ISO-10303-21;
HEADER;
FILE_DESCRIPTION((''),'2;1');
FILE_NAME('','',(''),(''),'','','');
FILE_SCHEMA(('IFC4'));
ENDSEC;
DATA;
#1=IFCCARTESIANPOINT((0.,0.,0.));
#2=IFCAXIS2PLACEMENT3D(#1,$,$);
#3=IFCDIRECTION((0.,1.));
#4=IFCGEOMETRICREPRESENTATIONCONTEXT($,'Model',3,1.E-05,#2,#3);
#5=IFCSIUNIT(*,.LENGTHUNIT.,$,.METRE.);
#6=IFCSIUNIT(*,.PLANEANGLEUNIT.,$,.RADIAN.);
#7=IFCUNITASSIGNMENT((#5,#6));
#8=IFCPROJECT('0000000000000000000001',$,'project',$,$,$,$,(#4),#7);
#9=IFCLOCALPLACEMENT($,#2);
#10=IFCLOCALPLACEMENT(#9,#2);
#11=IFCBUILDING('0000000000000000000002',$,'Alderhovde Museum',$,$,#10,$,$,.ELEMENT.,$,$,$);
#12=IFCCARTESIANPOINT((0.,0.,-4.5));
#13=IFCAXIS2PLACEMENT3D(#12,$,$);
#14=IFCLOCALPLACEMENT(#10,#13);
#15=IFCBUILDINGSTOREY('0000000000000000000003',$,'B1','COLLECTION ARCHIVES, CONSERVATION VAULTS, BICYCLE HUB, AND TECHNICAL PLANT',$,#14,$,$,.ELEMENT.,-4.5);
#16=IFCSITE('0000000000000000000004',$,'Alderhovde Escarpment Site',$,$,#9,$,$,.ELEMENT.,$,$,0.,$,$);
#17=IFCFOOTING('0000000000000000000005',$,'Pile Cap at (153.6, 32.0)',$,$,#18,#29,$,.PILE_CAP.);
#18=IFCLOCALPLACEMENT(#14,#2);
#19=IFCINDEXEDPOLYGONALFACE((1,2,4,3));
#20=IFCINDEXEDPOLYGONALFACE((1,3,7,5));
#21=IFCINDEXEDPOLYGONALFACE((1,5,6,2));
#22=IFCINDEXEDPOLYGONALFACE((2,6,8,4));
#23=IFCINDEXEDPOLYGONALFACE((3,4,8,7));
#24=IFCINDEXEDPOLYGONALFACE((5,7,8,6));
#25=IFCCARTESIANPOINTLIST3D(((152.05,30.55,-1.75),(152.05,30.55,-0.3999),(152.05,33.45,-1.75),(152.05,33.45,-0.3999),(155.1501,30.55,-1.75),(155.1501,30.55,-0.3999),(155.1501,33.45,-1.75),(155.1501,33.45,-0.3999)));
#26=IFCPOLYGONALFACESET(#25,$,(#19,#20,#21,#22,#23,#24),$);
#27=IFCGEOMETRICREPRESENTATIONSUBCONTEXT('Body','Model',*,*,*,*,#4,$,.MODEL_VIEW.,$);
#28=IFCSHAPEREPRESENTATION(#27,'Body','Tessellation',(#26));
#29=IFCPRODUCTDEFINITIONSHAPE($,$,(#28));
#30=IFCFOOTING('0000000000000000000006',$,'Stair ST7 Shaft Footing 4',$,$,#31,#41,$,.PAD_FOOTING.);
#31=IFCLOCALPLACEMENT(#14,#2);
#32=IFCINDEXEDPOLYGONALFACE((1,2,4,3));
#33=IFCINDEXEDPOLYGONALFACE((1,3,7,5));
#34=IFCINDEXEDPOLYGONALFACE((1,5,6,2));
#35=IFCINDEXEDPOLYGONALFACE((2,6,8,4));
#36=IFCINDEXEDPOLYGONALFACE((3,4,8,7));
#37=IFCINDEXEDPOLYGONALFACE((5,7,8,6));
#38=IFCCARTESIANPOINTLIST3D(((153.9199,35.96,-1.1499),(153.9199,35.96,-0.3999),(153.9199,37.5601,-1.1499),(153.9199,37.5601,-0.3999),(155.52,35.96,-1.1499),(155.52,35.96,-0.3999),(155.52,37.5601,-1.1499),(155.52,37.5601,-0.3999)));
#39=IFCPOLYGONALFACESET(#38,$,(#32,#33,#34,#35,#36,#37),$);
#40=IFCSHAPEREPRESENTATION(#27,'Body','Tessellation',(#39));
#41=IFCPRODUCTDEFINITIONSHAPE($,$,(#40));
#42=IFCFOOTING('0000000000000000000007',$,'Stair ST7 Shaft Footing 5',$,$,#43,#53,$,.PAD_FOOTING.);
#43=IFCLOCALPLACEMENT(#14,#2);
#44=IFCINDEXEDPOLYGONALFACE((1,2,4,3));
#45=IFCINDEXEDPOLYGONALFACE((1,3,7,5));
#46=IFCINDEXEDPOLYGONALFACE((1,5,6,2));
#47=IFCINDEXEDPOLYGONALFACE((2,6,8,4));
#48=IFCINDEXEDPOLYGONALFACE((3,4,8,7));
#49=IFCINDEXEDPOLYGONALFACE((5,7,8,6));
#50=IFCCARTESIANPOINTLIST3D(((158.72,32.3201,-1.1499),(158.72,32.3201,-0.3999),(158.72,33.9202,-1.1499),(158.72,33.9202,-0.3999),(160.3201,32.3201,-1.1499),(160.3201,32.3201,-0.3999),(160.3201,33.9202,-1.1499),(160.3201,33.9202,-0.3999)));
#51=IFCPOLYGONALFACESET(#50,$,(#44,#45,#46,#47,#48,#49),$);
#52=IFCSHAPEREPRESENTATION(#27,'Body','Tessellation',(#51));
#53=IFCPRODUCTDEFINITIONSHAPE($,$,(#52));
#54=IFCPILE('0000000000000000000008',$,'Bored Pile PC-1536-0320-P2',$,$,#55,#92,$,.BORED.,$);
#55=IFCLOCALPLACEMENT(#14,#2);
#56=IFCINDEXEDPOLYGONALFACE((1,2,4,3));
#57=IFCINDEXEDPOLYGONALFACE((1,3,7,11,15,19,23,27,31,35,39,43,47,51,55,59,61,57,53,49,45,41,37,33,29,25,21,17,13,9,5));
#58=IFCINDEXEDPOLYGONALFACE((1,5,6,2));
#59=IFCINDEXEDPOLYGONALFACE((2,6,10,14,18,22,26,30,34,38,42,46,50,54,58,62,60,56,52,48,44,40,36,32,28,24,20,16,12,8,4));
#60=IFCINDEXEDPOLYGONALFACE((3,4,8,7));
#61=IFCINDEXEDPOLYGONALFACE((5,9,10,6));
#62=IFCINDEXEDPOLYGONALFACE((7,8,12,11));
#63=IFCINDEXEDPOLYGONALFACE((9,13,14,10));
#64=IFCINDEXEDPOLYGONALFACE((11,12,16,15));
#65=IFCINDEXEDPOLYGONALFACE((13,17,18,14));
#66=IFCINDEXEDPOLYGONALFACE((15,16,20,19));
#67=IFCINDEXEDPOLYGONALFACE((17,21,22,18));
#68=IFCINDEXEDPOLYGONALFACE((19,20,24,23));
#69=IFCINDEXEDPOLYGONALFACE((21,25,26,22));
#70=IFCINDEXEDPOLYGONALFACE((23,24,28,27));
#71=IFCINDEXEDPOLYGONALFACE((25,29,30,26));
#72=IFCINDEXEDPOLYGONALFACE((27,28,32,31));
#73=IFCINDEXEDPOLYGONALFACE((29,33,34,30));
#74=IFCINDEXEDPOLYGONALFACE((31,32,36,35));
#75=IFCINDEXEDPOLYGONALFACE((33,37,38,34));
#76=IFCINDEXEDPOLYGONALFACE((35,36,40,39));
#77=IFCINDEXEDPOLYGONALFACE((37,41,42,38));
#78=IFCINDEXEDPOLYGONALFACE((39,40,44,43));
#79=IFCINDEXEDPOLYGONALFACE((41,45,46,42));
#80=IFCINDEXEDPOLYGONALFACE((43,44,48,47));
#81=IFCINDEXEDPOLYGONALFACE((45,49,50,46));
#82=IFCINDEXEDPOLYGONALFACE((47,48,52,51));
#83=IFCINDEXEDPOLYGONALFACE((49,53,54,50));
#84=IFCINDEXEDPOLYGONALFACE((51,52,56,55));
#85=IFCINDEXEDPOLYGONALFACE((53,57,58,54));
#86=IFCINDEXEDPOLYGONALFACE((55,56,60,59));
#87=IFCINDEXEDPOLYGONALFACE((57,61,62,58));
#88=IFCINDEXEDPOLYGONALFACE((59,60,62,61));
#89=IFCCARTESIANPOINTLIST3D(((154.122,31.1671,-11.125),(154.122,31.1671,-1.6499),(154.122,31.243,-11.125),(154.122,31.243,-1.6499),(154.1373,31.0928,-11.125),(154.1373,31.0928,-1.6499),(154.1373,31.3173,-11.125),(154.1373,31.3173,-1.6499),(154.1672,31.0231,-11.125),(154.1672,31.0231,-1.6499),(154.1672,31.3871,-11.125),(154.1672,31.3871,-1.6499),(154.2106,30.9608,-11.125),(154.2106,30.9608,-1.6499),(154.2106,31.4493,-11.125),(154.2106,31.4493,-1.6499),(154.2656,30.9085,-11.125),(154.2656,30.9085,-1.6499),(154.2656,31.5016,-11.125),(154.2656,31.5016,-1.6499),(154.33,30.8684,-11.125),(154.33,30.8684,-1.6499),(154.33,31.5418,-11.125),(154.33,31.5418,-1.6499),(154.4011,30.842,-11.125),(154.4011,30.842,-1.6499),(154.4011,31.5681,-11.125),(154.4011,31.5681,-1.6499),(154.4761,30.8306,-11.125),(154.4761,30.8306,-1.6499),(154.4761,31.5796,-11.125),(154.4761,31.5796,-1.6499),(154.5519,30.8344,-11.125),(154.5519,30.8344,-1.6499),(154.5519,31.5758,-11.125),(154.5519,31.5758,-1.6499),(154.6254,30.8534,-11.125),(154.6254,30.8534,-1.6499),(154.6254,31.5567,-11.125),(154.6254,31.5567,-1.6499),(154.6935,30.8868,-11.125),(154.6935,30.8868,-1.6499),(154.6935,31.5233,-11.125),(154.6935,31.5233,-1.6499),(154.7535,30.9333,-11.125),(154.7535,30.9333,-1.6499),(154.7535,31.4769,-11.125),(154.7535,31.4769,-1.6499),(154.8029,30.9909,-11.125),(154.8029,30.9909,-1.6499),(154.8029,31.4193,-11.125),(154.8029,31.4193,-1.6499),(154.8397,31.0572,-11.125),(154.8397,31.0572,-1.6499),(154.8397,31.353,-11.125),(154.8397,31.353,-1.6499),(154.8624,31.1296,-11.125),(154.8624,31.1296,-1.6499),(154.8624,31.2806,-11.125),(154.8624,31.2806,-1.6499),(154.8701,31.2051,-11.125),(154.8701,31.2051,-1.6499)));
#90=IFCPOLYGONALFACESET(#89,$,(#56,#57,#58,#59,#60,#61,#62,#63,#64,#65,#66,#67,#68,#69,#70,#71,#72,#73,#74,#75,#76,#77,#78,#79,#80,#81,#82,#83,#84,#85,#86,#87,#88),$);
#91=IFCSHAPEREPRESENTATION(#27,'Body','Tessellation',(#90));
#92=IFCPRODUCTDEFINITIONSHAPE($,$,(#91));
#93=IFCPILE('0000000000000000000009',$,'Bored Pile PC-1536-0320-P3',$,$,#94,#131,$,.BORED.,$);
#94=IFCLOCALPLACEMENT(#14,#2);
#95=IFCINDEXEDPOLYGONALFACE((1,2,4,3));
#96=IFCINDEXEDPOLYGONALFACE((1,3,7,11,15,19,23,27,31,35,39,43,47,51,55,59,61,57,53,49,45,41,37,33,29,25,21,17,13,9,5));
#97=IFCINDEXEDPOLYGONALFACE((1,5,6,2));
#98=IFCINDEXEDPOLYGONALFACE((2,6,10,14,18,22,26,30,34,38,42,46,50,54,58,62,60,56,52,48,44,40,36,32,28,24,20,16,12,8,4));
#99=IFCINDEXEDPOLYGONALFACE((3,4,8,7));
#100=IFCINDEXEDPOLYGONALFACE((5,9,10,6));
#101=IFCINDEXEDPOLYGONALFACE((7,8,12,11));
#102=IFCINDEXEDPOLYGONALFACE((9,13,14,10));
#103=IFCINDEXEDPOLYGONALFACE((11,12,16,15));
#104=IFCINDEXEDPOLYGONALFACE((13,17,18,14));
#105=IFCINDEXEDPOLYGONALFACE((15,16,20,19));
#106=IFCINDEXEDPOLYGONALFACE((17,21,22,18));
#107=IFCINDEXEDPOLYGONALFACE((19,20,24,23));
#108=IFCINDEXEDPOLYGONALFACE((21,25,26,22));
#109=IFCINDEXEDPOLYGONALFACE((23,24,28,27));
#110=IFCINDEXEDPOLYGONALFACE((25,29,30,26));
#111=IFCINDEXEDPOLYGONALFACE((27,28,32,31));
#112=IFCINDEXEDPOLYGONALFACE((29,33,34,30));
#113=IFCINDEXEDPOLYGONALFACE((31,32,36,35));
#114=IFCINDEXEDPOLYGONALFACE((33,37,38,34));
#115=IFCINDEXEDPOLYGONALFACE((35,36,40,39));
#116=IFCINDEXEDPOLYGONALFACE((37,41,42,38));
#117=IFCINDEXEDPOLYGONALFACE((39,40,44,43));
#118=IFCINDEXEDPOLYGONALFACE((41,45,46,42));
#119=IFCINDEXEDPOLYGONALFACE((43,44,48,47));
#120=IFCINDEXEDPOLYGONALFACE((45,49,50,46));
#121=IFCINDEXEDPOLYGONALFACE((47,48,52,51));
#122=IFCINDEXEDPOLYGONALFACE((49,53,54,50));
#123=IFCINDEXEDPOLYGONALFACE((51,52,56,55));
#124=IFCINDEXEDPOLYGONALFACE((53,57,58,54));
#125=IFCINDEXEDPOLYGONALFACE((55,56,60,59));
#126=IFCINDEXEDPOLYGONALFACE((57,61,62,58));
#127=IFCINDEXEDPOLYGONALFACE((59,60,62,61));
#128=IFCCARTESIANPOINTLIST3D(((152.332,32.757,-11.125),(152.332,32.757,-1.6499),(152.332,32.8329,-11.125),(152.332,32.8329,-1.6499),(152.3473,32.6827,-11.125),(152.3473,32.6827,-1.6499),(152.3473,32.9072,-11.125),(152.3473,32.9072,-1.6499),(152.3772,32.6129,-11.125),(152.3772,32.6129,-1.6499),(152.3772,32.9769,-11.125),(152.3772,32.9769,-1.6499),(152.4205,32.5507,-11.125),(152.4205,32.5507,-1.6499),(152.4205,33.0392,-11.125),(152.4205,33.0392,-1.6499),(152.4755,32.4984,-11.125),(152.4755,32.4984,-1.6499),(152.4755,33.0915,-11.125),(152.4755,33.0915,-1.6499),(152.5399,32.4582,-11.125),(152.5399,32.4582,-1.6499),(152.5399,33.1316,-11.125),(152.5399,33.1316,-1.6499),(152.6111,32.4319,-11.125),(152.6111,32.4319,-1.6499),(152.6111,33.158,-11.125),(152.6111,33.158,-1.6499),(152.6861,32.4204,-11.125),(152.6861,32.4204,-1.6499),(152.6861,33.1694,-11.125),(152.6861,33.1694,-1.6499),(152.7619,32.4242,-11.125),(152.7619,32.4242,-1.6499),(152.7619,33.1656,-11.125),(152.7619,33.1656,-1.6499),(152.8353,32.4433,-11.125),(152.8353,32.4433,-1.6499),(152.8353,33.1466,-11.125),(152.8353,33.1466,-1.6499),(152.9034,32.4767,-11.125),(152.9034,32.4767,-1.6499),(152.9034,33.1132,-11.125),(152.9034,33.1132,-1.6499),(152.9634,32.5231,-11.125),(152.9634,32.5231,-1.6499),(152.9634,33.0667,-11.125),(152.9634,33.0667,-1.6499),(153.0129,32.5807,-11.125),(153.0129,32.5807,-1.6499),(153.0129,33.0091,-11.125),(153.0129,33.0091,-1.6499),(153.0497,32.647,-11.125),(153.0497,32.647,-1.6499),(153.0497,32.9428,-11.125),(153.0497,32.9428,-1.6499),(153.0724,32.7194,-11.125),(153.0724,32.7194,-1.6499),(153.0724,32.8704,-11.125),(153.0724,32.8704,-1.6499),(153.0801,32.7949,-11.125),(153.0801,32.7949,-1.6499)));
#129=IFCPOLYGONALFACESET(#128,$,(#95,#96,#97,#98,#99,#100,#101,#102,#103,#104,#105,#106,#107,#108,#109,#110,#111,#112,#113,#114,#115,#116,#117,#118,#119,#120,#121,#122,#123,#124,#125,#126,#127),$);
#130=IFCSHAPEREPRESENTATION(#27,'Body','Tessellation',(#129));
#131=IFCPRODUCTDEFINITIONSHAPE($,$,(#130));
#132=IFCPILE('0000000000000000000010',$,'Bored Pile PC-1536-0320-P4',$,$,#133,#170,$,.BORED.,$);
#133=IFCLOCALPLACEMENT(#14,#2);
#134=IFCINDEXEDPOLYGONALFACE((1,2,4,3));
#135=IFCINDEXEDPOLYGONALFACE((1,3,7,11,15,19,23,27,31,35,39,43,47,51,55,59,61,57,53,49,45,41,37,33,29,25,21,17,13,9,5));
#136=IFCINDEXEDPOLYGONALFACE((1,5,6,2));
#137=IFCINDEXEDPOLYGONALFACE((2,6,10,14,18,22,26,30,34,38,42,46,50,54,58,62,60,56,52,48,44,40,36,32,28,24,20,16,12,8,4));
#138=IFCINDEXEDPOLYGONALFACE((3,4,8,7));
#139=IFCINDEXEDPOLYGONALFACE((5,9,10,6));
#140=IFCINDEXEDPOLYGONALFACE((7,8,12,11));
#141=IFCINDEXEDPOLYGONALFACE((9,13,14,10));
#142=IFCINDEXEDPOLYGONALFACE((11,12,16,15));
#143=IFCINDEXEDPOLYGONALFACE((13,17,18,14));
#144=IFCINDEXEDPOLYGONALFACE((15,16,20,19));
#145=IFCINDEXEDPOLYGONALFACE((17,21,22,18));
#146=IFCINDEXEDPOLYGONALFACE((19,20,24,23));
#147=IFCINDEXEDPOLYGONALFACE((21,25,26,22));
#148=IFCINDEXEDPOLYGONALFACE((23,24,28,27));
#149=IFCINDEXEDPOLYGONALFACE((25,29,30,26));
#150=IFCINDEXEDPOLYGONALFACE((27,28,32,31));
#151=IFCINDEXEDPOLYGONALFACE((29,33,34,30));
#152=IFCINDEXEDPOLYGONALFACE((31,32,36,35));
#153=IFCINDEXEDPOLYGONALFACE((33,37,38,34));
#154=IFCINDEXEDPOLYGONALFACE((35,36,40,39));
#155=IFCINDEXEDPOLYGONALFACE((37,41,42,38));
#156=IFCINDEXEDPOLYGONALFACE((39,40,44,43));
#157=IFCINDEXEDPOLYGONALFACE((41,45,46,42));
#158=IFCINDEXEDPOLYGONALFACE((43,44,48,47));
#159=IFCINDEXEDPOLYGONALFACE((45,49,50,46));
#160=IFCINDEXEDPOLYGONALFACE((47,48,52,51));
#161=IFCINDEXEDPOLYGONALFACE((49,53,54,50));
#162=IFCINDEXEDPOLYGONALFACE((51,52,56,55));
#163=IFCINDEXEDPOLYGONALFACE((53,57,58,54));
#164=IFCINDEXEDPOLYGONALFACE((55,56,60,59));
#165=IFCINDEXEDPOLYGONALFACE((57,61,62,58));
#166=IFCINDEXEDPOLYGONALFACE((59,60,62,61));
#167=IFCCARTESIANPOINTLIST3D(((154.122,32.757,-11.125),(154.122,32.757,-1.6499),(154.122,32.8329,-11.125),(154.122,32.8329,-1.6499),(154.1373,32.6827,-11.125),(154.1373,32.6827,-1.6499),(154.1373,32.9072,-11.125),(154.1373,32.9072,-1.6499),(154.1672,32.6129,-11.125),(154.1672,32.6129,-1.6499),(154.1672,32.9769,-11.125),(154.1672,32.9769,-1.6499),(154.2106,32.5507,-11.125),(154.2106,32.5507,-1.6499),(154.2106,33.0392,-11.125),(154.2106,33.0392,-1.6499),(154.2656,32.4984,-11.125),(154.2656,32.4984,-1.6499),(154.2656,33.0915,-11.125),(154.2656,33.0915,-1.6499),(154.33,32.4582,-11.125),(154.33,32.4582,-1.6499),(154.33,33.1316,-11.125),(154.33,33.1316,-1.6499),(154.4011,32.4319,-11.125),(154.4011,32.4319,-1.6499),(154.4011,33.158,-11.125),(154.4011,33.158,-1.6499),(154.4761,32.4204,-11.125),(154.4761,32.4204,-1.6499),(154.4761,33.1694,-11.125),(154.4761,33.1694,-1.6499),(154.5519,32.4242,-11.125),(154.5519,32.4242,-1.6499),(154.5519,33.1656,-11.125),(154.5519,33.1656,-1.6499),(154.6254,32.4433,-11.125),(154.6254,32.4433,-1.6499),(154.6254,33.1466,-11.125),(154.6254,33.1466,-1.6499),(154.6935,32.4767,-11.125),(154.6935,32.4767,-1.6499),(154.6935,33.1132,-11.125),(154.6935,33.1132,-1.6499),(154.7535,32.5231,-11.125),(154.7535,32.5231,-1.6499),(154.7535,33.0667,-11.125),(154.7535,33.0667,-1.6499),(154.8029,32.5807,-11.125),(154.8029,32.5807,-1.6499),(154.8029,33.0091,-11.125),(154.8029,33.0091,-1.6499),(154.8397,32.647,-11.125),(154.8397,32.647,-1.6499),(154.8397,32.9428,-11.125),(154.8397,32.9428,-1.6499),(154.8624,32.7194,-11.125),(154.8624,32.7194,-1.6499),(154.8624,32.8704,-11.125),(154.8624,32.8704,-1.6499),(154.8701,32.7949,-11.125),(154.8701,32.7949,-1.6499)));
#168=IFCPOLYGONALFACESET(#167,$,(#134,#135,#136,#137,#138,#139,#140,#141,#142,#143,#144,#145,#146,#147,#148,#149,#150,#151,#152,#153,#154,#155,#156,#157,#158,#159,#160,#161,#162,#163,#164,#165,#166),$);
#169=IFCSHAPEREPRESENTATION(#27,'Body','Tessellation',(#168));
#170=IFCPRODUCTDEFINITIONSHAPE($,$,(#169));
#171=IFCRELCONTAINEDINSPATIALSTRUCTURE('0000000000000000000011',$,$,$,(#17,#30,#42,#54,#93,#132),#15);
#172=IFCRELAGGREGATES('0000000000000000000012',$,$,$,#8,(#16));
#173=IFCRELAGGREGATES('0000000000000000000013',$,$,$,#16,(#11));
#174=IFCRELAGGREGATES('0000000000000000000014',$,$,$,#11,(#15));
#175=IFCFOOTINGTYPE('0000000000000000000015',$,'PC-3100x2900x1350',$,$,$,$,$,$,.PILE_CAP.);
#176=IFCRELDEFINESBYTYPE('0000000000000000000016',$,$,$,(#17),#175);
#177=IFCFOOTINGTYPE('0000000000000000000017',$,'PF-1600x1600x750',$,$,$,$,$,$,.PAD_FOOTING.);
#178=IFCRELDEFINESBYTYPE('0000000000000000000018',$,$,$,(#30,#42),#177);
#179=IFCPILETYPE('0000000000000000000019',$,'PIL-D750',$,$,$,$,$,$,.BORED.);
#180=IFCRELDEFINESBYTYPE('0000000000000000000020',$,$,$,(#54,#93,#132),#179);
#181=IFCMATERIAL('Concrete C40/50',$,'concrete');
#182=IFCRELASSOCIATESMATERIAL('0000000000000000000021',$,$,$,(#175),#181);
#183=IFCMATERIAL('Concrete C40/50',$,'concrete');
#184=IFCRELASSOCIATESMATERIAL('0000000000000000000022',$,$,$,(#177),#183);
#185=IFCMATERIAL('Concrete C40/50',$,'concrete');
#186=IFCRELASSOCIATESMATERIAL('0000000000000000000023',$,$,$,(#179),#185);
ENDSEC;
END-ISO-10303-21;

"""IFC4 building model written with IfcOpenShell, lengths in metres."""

from ifc_helpers import new_model, si_unit, direction, frame, origin, origin_2d, place, context, subcontext, project, spatial, rectangle, circle, extrude, material, material_profile, profile_set, type_object, element, save


model = new_model("IFC4")

# Units and contexts
model_context = context("Model", 3, precision=1e-05, world=origin(), true_north=direction((0.0, 1.0)))
body_context = subcontext(model_context, "Body", "Model", "MODEL_VIEW")
ifc_project = project(units=[si_unit("LENGTHUNIT", "METRE"), si_unit("PLANEANGLEUNIT", "RADIAN")], contexts=[model_context])

# Site, building, storey
site_placement = place(None, origin())
site = spatial("IfcSite", under=ifc_project, at=site_placement, Name="Alderhovde Escarpment Site", CompositionType="ELEMENT", RefElevation=0.0)
building_placement = place(site_placement, origin())
building = spatial("IfcBuilding", under=site, at=building_placement, Name="Alderhovde Museum", CompositionType="ELEMENT")
storey_placement = place(building_placement, frame((0.0, 0.0, -4.5)))
storey = spatial("IfcBuildingStorey", under=building, at=storey_placement, Name="B1", Description="COLLECTION ARCHIVES, CONSERVATION VAULTS, BICYCLE HUB, AND TECHNICAL PLANT", CompositionType="ELEMENT", Elevation=-4.5)

# Footings
ifc_material_1 = material(Name="Concrete C40/50", Category="concrete")
footing_type_1 = type_object("IfcFootingType", Name="PC-3100x2900x1350", PredefinedType="PILE_CAP", material=ifc_material_1)
footing_placement = place(storey_placement, frame((153.6001, 32.0, -1.75), z_axis=(0.0, 0.0, 1.0), x_axis=(1.0, 0.0, 0.0)))
element("IfcFooting", 1, at=footing_placement, inside=storey, type_object=footing_type_1, Name="Pile Cap at (153.6, 32.0)", PredefinedType="PILE_CAP", context=body_context, shape_type="SweptSolid", body=[
    extrude(rectangle(XDim=3.1001, YDim=2.8999, at=origin_2d()), origin(), (0.0, 0.0, 1.0), 1.3501),
])
ifc_material_2 = material(Name="Concrete C40/50", Category="concrete")
footing_type_2 = type_object("IfcFootingType", Name="PF-1600x1600x750", PredefinedType="PAD_FOOTING", material=ifc_material_2)
for number, where, z_axis, x_axis, name in (
    (2, (154.72, 36.76, -1.1499), (0.0, 0.0, 1.0), (1.0, 0.0, 0.0), "Stair ST7 Shaft Footing 4"),
    (3, (159.52, 33.1201, -1.1499), (0.0, 0.0, 1.0), (1.0, 0.0, 0.0), "Stair ST7 Shaft Footing 5"),
):
    element("IfcFooting", number, at=place(storey_placement, frame(where, z_axis=z_axis, x_axis=x_axis)), inside=storey, type_object=footing_type_2, Name=name, PredefinedType="PAD_FOOTING", context=body_context, shape_type="SweptSolid", body=[
        extrude(rectangle(XDim=1.6001, YDim=1.6001, at=origin_2d()), origin(), (0.0, 0.0, 1.0), 0.75),
    ])

# Piles
ifc_material_3 = material(Name="Concrete C40/50", Category="concrete")
ifc_material_profile_1 = material_profile(ifc_material_3, circle(Radius=0.375, at=origin_2d()), Name="PILE-D750")
ifc_profile_set_1 = profile_set([ifc_material_profile_1], Name="Concrete C40/50")
pile_type = type_object("IfcPileType", Name="PIL-D750", PredefinedType="BORED", material=ifc_profile_set_1)
for number, where, z_axis, x_axis, name in (
    (4, (154.4951, 31.2051, -1.6499), (0.0, 0.0, -1.0), (1.0, 0.0, 0.0), "Bored Pile PC-1536-0320-P2"),
    (5, (152.7051, 32.7949, -1.6499), (0.0, 0.0, -1.0), (1.0, 0.0, 0.0), "Bored Pile PC-1536-0320-P3"),
    (6, (154.4951, 32.7949, -1.6499), (0.0, 0.0, -1.0), (1.0, 0.0, 0.0), "Bored Pile PC-1536-0320-P4"),
):
    element("IfcPile", number, at=place(storey_placement, frame(where, z_axis=z_axis, x_axis=x_axis)), inside=storey, type_object=pile_type, Name=name, PredefinedType="BORED", context=body_context, shape_type="SweptSolid", body=[
        extrude(circle(Radius=0.375, at=origin_2d()), origin(), (0.0, 0.0, 1.0), 9.4751),
    ])

save(model, "model.ifc")
